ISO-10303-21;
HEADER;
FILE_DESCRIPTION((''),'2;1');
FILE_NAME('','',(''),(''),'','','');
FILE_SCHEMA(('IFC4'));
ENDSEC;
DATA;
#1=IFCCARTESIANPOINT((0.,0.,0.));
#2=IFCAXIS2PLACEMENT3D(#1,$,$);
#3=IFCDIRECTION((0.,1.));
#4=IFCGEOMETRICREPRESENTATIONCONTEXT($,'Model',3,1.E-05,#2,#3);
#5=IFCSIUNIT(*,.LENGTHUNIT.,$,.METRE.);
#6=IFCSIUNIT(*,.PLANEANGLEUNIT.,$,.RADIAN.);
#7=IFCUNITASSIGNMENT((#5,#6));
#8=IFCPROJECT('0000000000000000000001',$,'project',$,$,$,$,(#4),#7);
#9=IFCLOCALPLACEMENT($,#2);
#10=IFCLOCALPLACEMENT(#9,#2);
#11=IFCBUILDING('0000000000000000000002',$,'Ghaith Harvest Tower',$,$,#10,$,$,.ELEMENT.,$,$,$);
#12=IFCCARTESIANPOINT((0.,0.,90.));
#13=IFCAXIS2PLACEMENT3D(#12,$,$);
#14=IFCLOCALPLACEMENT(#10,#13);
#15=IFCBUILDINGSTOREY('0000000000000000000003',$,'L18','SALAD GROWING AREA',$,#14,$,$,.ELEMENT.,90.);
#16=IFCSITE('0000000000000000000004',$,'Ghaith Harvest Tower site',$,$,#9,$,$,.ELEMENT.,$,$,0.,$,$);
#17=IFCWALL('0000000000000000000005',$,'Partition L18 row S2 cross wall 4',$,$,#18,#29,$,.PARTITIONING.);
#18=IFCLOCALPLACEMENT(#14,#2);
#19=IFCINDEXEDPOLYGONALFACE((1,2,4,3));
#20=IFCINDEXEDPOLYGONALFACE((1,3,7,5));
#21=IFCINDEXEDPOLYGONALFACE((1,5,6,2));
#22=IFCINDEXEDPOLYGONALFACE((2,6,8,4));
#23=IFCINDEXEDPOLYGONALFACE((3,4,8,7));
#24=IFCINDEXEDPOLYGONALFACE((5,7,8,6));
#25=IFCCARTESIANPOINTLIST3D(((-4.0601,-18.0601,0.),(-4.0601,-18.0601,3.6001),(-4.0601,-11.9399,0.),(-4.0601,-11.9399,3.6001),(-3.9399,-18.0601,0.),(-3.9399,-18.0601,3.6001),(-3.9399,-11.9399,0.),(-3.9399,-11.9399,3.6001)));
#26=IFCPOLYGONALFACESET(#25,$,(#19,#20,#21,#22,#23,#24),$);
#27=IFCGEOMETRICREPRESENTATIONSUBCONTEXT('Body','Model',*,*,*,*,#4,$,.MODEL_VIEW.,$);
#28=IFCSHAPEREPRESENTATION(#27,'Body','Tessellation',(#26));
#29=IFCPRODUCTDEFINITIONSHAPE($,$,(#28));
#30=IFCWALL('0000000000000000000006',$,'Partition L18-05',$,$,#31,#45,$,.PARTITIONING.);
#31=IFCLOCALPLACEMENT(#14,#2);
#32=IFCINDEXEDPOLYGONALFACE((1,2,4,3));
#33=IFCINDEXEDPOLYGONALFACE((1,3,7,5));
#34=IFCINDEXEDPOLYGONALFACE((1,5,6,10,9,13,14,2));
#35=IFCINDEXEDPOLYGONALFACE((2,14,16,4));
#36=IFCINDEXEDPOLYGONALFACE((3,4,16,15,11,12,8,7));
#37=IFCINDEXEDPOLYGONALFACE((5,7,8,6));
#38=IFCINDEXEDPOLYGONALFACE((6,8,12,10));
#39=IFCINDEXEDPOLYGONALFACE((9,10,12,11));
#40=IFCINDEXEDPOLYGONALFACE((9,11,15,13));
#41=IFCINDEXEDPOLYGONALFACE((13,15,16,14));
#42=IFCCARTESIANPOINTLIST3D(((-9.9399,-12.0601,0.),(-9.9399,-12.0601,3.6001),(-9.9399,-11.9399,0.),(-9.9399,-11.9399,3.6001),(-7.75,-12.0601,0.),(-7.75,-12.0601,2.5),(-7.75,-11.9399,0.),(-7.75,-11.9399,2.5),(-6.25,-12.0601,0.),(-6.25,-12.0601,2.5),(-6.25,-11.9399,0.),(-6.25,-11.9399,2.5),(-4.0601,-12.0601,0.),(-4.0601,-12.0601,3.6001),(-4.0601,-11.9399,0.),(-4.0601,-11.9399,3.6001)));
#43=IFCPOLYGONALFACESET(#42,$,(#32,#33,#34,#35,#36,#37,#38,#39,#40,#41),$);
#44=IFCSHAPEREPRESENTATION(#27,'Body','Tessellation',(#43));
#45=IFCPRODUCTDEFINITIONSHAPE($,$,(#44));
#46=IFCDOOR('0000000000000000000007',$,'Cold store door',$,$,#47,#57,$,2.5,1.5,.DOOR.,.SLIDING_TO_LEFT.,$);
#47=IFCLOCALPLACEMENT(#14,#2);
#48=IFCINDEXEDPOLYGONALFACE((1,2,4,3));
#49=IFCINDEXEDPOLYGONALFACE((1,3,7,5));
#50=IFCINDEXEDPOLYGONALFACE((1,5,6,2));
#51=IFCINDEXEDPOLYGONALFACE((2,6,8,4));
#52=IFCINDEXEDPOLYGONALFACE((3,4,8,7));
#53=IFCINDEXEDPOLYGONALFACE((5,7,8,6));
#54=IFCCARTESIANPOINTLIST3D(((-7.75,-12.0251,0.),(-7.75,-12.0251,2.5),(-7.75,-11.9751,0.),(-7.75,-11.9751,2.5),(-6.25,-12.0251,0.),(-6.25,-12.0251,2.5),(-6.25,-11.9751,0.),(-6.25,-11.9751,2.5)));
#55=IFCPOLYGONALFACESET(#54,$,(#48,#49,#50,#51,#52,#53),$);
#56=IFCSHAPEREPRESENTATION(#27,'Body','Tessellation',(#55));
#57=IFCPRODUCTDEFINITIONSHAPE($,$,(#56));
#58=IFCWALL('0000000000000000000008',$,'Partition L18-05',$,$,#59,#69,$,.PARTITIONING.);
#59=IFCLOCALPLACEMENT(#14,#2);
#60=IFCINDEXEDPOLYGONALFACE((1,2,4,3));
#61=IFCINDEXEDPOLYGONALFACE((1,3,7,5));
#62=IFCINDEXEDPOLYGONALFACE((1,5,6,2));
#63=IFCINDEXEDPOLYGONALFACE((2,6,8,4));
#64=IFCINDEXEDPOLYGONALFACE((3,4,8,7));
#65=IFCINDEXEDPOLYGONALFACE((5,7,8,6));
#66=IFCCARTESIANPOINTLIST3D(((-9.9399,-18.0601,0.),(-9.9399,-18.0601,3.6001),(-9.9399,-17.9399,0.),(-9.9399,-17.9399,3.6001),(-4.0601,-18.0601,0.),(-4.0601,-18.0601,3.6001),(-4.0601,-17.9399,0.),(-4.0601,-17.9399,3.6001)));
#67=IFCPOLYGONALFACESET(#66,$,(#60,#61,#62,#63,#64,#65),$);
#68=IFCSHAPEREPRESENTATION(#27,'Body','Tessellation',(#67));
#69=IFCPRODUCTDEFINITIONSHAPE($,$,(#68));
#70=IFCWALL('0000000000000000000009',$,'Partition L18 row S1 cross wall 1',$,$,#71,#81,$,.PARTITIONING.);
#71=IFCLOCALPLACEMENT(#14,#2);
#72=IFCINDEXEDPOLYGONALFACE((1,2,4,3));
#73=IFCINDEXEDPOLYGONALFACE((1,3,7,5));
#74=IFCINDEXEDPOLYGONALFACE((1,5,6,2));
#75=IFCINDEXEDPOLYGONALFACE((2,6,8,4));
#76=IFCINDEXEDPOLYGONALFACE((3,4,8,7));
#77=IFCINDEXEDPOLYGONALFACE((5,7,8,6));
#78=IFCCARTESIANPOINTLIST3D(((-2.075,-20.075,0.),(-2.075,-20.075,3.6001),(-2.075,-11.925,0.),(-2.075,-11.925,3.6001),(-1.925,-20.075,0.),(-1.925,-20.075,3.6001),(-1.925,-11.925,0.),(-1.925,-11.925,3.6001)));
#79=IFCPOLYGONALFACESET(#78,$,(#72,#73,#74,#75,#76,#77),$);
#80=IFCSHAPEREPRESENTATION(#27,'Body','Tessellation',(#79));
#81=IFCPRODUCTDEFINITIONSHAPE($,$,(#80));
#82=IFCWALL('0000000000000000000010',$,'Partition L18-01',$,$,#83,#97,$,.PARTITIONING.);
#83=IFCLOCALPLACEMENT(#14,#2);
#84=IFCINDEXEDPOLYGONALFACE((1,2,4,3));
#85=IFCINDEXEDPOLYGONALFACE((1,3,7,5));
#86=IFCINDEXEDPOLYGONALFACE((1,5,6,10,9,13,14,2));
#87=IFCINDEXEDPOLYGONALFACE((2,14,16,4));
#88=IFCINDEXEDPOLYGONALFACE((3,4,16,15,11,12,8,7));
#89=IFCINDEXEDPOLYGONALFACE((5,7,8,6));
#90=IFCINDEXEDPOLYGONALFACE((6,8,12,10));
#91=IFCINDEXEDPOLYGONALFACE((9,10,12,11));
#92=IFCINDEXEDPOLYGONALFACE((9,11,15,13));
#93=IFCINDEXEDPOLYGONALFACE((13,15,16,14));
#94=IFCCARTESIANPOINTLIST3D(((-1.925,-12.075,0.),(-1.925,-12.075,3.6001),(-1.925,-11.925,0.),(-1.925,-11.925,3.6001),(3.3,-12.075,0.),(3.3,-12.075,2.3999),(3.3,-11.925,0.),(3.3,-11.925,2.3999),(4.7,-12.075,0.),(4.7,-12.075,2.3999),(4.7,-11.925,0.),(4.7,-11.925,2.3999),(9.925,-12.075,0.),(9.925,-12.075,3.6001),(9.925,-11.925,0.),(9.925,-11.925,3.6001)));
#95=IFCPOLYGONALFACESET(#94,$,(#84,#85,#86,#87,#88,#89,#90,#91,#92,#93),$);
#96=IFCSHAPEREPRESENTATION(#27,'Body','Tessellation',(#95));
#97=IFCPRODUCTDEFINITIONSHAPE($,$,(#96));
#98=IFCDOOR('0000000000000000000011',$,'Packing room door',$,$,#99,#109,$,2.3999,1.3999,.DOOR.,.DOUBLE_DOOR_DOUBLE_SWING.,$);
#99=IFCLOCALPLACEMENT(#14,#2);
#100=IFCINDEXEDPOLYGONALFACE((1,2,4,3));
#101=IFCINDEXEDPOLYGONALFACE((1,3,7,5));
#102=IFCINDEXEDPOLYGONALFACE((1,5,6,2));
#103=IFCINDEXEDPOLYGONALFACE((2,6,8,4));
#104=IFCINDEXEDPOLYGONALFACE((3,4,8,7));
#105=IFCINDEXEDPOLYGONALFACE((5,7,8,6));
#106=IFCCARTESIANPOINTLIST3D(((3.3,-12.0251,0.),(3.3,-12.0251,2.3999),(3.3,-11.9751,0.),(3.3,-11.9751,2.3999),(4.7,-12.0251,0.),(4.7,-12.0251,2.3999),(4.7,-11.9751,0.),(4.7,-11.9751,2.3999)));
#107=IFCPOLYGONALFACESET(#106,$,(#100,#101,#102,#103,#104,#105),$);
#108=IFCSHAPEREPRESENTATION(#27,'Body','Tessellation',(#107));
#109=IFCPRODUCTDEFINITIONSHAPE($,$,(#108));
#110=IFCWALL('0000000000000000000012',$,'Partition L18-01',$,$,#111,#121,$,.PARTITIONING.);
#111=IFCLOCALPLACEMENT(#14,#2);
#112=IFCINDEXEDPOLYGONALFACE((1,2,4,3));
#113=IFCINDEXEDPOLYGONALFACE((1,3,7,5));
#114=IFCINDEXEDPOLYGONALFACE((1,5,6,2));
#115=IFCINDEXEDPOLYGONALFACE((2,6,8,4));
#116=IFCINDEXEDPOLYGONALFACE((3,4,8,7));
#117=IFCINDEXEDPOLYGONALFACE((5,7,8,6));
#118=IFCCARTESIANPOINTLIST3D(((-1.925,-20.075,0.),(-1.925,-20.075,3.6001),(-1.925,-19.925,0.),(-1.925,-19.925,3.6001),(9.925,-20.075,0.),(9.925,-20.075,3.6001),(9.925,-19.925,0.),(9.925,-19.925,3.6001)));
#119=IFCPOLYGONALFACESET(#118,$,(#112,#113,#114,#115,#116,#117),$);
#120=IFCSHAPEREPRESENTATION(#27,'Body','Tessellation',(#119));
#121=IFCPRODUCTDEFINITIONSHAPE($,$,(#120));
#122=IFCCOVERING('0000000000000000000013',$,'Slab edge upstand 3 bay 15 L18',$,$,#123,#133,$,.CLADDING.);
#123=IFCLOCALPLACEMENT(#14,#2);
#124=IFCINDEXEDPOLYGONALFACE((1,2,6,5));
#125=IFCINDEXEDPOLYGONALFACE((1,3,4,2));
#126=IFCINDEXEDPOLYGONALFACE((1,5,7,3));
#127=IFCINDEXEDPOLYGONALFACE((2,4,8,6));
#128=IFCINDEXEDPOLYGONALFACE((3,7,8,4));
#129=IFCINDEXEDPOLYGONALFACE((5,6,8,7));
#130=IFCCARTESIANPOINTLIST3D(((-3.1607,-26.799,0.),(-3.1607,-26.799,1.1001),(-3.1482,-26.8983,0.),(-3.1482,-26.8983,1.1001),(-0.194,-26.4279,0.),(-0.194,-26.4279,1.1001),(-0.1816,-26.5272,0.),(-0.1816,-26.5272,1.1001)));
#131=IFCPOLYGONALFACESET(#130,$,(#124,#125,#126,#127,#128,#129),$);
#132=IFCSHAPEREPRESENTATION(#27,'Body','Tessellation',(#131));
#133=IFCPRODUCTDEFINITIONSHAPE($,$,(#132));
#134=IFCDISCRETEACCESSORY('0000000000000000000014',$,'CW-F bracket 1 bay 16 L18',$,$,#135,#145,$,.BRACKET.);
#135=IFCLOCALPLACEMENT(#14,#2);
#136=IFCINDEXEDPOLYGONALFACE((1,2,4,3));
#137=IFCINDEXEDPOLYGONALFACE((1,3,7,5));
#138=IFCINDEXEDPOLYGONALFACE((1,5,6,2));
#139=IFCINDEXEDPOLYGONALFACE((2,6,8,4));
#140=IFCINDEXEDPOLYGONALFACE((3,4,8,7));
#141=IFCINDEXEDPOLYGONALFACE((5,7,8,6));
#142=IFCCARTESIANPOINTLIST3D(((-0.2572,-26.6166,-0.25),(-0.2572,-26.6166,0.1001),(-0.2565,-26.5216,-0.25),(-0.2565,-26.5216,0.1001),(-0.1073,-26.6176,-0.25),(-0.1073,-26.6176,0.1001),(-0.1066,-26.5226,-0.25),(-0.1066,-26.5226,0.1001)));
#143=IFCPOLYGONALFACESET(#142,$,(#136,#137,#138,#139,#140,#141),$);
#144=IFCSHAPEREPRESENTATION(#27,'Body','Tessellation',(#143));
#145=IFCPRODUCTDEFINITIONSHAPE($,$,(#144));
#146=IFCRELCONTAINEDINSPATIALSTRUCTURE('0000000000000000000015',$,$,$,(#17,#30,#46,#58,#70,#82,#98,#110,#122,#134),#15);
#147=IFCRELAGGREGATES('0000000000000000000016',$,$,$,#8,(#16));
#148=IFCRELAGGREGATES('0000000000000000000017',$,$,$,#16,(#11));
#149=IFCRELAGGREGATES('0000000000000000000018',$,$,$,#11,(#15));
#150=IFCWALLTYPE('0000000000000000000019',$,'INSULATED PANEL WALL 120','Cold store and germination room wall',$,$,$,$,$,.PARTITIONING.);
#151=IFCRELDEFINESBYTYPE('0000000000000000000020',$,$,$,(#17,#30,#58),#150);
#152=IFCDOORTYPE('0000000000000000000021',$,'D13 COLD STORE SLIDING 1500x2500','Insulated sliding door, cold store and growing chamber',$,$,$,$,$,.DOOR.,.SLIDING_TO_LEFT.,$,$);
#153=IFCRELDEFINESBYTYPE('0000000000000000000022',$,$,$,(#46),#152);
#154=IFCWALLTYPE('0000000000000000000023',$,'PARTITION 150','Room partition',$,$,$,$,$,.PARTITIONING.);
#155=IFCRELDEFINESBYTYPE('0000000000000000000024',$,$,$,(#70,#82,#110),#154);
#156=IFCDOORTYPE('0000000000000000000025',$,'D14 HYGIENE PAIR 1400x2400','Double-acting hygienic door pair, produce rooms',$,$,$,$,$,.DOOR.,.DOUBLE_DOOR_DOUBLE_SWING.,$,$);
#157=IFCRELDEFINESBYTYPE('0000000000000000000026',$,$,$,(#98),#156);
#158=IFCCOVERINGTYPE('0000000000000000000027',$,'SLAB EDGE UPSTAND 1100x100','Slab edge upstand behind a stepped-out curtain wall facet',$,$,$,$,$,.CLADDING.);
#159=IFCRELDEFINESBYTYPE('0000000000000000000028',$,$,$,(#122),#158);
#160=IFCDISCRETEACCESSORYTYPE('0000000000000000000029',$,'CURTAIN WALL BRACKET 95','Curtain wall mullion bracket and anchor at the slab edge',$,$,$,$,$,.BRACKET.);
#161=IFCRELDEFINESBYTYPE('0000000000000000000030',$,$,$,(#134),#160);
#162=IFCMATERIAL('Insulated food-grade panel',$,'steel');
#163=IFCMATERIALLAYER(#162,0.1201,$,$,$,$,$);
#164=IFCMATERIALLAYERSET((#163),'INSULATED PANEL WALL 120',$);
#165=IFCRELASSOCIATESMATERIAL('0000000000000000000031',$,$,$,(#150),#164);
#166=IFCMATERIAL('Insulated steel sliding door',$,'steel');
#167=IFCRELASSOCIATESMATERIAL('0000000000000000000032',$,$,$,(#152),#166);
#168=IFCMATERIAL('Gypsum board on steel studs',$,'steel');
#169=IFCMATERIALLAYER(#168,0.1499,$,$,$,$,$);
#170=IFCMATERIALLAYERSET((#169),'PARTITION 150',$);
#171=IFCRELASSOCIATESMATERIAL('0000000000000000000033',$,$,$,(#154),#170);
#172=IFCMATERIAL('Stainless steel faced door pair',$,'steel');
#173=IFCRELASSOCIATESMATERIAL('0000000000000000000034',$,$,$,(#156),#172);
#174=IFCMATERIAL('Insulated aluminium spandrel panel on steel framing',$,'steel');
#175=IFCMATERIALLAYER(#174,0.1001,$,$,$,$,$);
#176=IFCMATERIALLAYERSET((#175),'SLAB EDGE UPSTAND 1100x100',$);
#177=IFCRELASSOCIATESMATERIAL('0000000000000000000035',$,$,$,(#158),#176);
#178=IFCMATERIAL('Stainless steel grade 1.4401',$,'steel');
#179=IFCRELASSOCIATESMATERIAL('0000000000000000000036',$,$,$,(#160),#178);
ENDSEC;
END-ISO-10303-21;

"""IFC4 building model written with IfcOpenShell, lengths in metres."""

from ifc_helpers import new_model, si_unit, direction, frame, frame_2d, origin, origin_2d, place, context, subcontext, project, spatial, rectangle, extrude, material, layer, layer_set, type_object, element, fill, save


model = new_model("IFC4")

# Units and contexts
model_context = context("Model", 3, precision=1e-05, world=origin(), true_north=direction((0.0, 1.0)))
body_context = subcontext(model_context, "Body", "Model", "MODEL_VIEW")
ifc_project = project(units=[si_unit("LENGTHUNIT", "METRE"), si_unit("PLANEANGLEUNIT", "RADIAN")], contexts=[model_context])

# Site, building, storey
site_placement = place(None, origin())
site = spatial("IfcSite", under=ifc_project, at=site_placement, Name="Ghaith Harvest Tower site", CompositionType="ELEMENT", RefElevation=0.0)
building_placement = place(site_placement, origin())
building = spatial("IfcBuilding", under=site, at=building_placement, Name="Ghaith Harvest Tower", CompositionType="ELEMENT")
storey_placement = place(building_placement, frame((0.0, 0.0, 90.0)))
storey = spatial("IfcBuildingStorey", under=building, at=storey_placement, Name="L18", Description="SALAD GROWING AREA", CompositionType="ELEMENT", Elevation=90.0)

# Wall
ifc_material_1 = material(Name="Insulated food-grade panel", Category="steel")
ifc_layer_1 = layer(ifc_material_1, 0.1201)
ifc_layer_set_1 = layer_set([ifc_layer_1], Name="INSULATED PANEL WALL 120")
wall_type_1 = type_object("IfcWallType", Name="INSULATED PANEL WALL 120", Description="Cold store and germination room wall", PredefinedType="PARTITIONING", material=ifc_layer_set_1)
for number, where, z_axis, x_axis, name in (
    (1, (-4.0, -11.9399, 0.0), (0.0, 0.0, 1.0), (0.0, -1.0, 0.0), "Partition L18 row S2 cross wall 4"),
):
    element("IfcWall", number, at=place(storey_placement, frame(where, z_axis=z_axis, x_axis=x_axis)), inside=storey, type_object=wall_type_1, Name=name, PredefinedType="PARTITIONING", context=body_context, shape_type="SweptSolid", body=[
        extrude(rectangle(XDim=6.1201, YDim=0.1201, at=frame_2d((3.0601, 0.0))), origin(), (0.0, 0.0, 1.0), 3.6001),
    ])

# Wall, opening, door
wall_1_placement = place(storey_placement, frame((-9.9399, -12.0, 0.0), z_axis=(0.0, 0.0, 1.0), x_axis=(1.0, 0.0, 0.0)))
wall_1 = element("IfcWall", 2, at=wall_1_placement, inside=storey, type_object=wall_type_1, Name="Partition L18-05", PredefinedType="PARTITIONING", context=body_context, shape_type="SweptSolid", body=[
    extrude(rectangle(XDim=5.8799, YDim=0.1201, at=frame_2d((2.9399, 0.0))), origin(), (0.0, 0.0, 1.0), 3.6001),
])
opening_1_placement = place(wall_1_placement, frame((2.1899, 0.0, 0.0)))
opening_1 = element("IfcOpeningElement", 3, at=opening_1_placement, cuts=wall_1, PredefinedType="OPENING", context=body_context, shape_type="SweptSolid", body=[
    extrude(rectangle(XDim=1.5, YDim=2.5, at=frame_2d((0.75, 1.25))), frame((0.0, 0.0701, 0.0), z_axis=(0.0, -1.0, 0.0), x_axis=(1.0, 0.0, 0.0)), (0.0, 0.0, 1.0), 0.1401),
])
ifc_material_2 = material(Name="Insulated steel sliding door", Category="steel")
door_type_1 = type_object("IfcDoorType", Name="D13 COLD STORE SLIDING 1500x2500", Description="Insulated sliding door, cold store and growing chamber", OperationType="SLIDING_TO_LEFT", PredefinedType="DOOR", material=ifc_material_2)
door_1_placement = place(opening_1_placement, origin())
door_1 = element("IfcDoor", 4, at=door_1_placement, inside=storey, type_object=door_type_1, Name="Cold store door", OperationType="SLIDING_TO_LEFT", OverallHeight=2.5, OverallWidth=1.5, PredefinedType="DOOR", context=body_context, shape_type="SweptSolid", body=[
    extrude(rectangle(XDim=1.5, YDim=2.5, at=frame_2d((0.75, 1.25))), frame((0.0, 0.0249, 0.0), z_axis=(0.0, -1.0, 0.0), x_axis=(1.0, 0.0, 0.0)), (0.0, 0.0, 1.0), 0.05),
])
fill(opening_1, door_1)

# Walls
wall_2_placement = place(storey_placement, frame((-9.9399, -18.0, 0.0), z_axis=(0.0, 0.0, 1.0), x_axis=(1.0, 0.0, 0.0)))
element("IfcWall", 5, at=wall_2_placement, inside=storey, type_object=wall_type_1, Name="Partition L18-05", PredefinedType="PARTITIONING", context=body_context, shape_type="SweptSolid", body=[
    extrude(rectangle(XDim=5.8799, YDim=0.1201, at=frame_2d((2.9399, 0.0))), origin(), (0.0, 0.0, 1.0), 3.6001),
])
ifc_material_3 = material(Name="Gypsum board on steel studs", Category="steel")
ifc_layer_2 = layer(ifc_material_3, 0.1499)
ifc_layer_set_2 = layer_set([ifc_layer_2], Name="PARTITION 150")
wall_type_2 = type_object("IfcWallType", Name="PARTITION 150", Description="Room partition", PredefinedType="PARTITIONING", material=ifc_layer_set_2)
wall_3_placement = place(storey_placement, frame((-2.0, -11.925, 0.0), z_axis=(0.0, 0.0, 1.0), x_axis=(0.0, -1.0, 0.0)))
element("IfcWall", 6, at=wall_3_placement, inside=storey, type_object=wall_type_2, Name="Partition L18 row S1 cross wall 1", PredefinedType="PARTITIONING", context=body_context, shape_type="SweptSolid", body=[
    extrude(rectangle(XDim=8.1499, YDim=0.1499, at=frame_2d((4.075, 0.0))), origin(), (0.0, 0.0, 1.0), 3.6001),
])

# Wall, opening, door
wall_4_placement = place(storey_placement, frame((-1.925, -12.0, 0.0), z_axis=(0.0, 0.0, 1.0), x_axis=(1.0, 0.0, 0.0)))
wall_4 = element("IfcWall", 7, at=wall_4_placement, inside=storey, type_object=wall_type_2, Name="Partition L18-01", PredefinedType="PARTITIONING", context=body_context, shape_type="SweptSolid", body=[
    extrude(rectangle(XDim=11.8501, YDim=0.1499, at=frame_2d((5.925, 0.0))), origin(), (0.0, 0.0, 1.0), 3.6001),
])
opening_2_placement = place(wall_4_placement, frame((5.2251, 0.0, 0.0)))
opening_2 = element("IfcOpeningElement", 8, at=opening_2_placement, cuts=wall_4, PredefinedType="OPENING", context=body_context, shape_type="SweptSolid", body=[
    extrude(rectangle(XDim=1.3999, YDim=2.3999, at=frame_2d((0.7, 1.2))), frame((0.0, 0.085, 0.0), z_axis=(0.0, -1.0, 0.0), x_axis=(1.0, 0.0, 0.0)), (0.0, 0.0, 1.0), 0.1699),
])
ifc_material_4 = material(Name="Stainless steel faced door pair", Category="steel")
door_type_2 = type_object("IfcDoorType", Name="D14 HYGIENE PAIR 1400x2400", Description="Double-acting hygienic door pair, produce rooms", OperationType="DOUBLE_DOOR_DOUBLE_SWING", PredefinedType="DOOR", material=ifc_material_4)
door_2_placement = place(opening_2_placement, origin())
door_2 = element("IfcDoor", 9, at=door_2_placement, inside=storey, type_object=door_type_2, Name="Packing room door", OperationType="DOUBLE_DOOR_DOUBLE_SWING", OverallHeight=2.3999, OverallWidth=1.3999, PredefinedType="DOOR", context=body_context, shape_type="SweptSolid", body=[
    extrude(rectangle(XDim=1.3999, YDim=2.3999, at=frame_2d((0.7, 1.2))), frame((0.0, 0.0249, 0.0), z_axis=(0.0, -1.0, 0.0), x_axis=(1.0, 0.0, 0.0)), (0.0, 0.0, 1.0), 0.05),
])
fill(opening_2, door_2)

# Wall
wall_5_placement = place(storey_placement, frame((-1.925, -20.0, 0.0), z_axis=(0.0, 0.0, 1.0), x_axis=(1.0, 0.0, 0.0)))
element("IfcWall", 10, at=wall_5_placement, inside=storey, type_object=wall_type_2, Name="Partition L18-01", PredefinedType="PARTITIONING", context=body_context, shape_type="SweptSolid", body=[
    extrude(rectangle(XDim=11.8501, YDim=0.1499, at=frame_2d((5.925, 0.0))), origin(), (0.0, 0.0, 1.0), 3.6001),
])

# Covering
ifc_material_5 = material(Name="Insulated aluminium spandrel panel on steel framing", Category="steel")
ifc_layer_3 = layer(ifc_material_5, 0.1001)
ifc_layer_set_3 = layer_set([ifc_layer_3], Name="SLAB EDGE UPSTAND 1100x100")
covering_type = type_object("IfcCoveringType", Name="SLAB EDGE UPSTAND 1100x100", Description="Slab edge upstand behind a stepped-out curtain wall facet", PredefinedType="CLADDING", material=ifc_layer_set_3)
covering_placement = place(storey_placement, frame((-1.6711, -26.6631, 0.0), z_axis=(0.0, 0.0, 1.0), x_axis=(0.992265, 0.124139, 0.0)))
element("IfcCovering", 11, at=covering_placement, inside=storey, type_object=covering_type, Name="Slab edge upstand 3 bay 15 L18", PredefinedType="CLADDING", context=body_context, shape_type="SweptSolid", body=[
    extrude(rectangle(XDim=2.9897, YDim=0.1001, at=origin_2d()), origin(), (0.0, 0.0, 1.0), 1.1001),
])

# Discrete accessory
ifc_material_6 = material(Name="Stainless steel grade 1.4401", Category="steel")
discrete_accessory_type = type_object("IfcDiscreteAccessoryType", Name="CURTAIN WALL BRACKET 95", Description="Curtain wall mullion bracket and anchor at the slab edge", PredefinedType="BRACKET", material=ifc_material_6)
discrete_accessory_placement = place(storey_placement, frame((-0.1819, -26.5696, -0.25), z_axis=(0.0, 0.0, 1.0), x_axis=(-0.006844, -0.999977, 0.0)))
element("IfcDiscreteAccessory", 12, at=discrete_accessory_placement, inside=storey, type_object=discrete_accessory_type, Name="CW-F bracket 1 bay 16 L18", PredefinedType="BRACKET", context=body_context, shape_type="SweptSolid", body=[
    extrude(rectangle(XDim=0.095, YDim=0.1499, at=origin_2d()), origin(), (0.0, 0.0, 1.0), 0.3501),
])

save(model, "model.ifc")
